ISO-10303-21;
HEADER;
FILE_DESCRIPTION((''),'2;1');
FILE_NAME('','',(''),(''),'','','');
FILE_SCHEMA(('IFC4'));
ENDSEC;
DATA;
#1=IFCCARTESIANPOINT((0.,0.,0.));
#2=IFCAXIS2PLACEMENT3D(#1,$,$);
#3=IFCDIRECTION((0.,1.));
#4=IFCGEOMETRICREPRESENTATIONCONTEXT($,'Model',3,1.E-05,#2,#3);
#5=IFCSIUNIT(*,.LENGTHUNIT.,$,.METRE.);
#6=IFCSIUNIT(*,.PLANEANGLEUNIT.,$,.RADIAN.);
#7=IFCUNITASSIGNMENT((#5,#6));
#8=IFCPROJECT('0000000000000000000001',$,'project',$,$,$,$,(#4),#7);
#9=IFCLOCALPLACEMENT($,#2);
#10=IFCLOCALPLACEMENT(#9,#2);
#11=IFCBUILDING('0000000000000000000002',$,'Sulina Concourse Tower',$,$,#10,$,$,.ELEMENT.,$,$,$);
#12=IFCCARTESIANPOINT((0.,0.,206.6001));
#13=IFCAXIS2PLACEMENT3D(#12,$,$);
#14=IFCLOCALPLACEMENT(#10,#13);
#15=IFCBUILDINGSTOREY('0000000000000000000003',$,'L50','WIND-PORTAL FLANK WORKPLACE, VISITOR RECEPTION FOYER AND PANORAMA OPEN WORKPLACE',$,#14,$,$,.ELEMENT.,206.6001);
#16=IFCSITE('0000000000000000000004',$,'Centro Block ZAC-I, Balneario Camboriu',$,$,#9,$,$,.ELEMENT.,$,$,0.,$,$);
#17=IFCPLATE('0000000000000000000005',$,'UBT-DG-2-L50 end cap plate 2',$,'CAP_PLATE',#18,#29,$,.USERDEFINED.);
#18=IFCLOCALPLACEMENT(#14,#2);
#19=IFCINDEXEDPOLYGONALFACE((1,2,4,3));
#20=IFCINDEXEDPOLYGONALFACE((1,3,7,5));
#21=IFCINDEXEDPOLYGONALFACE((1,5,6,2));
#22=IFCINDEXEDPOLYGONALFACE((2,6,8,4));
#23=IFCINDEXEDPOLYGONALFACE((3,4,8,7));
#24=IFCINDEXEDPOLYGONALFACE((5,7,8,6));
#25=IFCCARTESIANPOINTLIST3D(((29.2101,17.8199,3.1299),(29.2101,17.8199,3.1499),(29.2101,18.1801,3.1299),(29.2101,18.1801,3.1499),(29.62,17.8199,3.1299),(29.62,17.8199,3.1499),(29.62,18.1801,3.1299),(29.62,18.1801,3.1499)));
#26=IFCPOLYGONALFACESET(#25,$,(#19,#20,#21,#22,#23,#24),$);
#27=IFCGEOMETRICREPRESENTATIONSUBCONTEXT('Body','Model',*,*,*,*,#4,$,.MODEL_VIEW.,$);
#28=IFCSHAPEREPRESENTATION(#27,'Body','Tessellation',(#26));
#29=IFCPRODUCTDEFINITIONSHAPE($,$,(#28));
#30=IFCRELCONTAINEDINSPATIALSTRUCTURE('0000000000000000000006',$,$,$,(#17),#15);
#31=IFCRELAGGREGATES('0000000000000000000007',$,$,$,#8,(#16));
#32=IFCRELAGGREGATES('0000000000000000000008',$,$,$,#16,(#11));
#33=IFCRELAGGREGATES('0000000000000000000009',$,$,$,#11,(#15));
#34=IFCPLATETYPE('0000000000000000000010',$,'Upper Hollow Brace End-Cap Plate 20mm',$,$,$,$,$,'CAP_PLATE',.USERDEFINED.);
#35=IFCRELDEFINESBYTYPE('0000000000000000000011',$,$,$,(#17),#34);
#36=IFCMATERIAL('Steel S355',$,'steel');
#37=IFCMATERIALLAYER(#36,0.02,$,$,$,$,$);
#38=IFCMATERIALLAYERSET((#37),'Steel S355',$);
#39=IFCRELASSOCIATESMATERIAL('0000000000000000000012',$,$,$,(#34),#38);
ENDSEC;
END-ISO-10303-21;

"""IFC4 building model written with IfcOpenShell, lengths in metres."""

from ifc_helpers import new_model, si_unit, direction, frame, origin, origin_2d, place, context, subcontext, project, spatial, rectangle, extrude, material, layer, layer_set, type_object, element, save


model = new_model("IFC4")

# Units and contexts
model_context = context("Model", 3, precision=1e-05, world=origin(), true_north=direction((0.0, 1.0)))
body_context = subcontext(model_context, "Body", "Model", "MODEL_VIEW")
ifc_project = project(units=[si_unit("LENGTHUNIT", "METRE"), si_unit("PLANEANGLEUNIT", "RADIAN")], contexts=[model_context])

# Site, building, storey
site_placement = place(None, origin())
site = spatial("IfcSite", under=ifc_project, at=site_placement, Name="Centro Block ZAC-I, Balneario Camboriu", CompositionType="ELEMENT", RefElevation=0.0)
building_placement = place(site_placement, origin())
building = spatial("IfcBuilding", under=site, at=building_placement, Name="Sulina Concourse Tower", CompositionType="ELEMENT")
storey_placement = place(building_placement, frame((0.0, 0.0, 206.6001)))
storey = spatial("IfcBuildingStorey", under=building, at=storey_placement, Name="L50", Description="WIND-PORTAL FLANK WORKPLACE, VISITOR RECEPTION FOYER AND PANORAMA OPEN WORKPLACE", CompositionType="ELEMENT", Elevation=206.6001)

# Plate
ifc_material_1 = material(Name="Steel S355", Category="steel")
ifc_layer_1 = layer(ifc_material_1, 0.02)
ifc_layer_set_1 = layer_set([ifc_layer_1], Name="Steel S355")
plate_type_1 = type_object("IfcPlateType", Name="Upper Hollow Brace End-Cap Plate 20mm", ElementType="CAP_PLATE", PredefinedType="USERDEFINED", material=ifc_layer_set_1)
for number, where, z_axis, x_axis, name in (
    (1, (29.415, 18.0, 3.1299), (0.0, 0.0, 1.0), (1.0, 0.0, 0.0), "UBT-DG-2-L50 end cap plate 2"),
):
    element("IfcPlate", number, at=place(storey_placement, frame(where, z_axis=z_axis, x_axis=x_axis)), inside=storey, type_object=plate_type_1, Name=name, ObjectType="CAP_PLATE", PredefinedType="USERDEFINED", context=body_context, shape_type="SweptSolid", body=[
        extrude(rectangle(XDim=0.4099, YDim=0.3601, at=origin_2d()), origin(), (0.0, 0.0, 1.0), 0.02),
    ])

save(model, "model.ifc")
